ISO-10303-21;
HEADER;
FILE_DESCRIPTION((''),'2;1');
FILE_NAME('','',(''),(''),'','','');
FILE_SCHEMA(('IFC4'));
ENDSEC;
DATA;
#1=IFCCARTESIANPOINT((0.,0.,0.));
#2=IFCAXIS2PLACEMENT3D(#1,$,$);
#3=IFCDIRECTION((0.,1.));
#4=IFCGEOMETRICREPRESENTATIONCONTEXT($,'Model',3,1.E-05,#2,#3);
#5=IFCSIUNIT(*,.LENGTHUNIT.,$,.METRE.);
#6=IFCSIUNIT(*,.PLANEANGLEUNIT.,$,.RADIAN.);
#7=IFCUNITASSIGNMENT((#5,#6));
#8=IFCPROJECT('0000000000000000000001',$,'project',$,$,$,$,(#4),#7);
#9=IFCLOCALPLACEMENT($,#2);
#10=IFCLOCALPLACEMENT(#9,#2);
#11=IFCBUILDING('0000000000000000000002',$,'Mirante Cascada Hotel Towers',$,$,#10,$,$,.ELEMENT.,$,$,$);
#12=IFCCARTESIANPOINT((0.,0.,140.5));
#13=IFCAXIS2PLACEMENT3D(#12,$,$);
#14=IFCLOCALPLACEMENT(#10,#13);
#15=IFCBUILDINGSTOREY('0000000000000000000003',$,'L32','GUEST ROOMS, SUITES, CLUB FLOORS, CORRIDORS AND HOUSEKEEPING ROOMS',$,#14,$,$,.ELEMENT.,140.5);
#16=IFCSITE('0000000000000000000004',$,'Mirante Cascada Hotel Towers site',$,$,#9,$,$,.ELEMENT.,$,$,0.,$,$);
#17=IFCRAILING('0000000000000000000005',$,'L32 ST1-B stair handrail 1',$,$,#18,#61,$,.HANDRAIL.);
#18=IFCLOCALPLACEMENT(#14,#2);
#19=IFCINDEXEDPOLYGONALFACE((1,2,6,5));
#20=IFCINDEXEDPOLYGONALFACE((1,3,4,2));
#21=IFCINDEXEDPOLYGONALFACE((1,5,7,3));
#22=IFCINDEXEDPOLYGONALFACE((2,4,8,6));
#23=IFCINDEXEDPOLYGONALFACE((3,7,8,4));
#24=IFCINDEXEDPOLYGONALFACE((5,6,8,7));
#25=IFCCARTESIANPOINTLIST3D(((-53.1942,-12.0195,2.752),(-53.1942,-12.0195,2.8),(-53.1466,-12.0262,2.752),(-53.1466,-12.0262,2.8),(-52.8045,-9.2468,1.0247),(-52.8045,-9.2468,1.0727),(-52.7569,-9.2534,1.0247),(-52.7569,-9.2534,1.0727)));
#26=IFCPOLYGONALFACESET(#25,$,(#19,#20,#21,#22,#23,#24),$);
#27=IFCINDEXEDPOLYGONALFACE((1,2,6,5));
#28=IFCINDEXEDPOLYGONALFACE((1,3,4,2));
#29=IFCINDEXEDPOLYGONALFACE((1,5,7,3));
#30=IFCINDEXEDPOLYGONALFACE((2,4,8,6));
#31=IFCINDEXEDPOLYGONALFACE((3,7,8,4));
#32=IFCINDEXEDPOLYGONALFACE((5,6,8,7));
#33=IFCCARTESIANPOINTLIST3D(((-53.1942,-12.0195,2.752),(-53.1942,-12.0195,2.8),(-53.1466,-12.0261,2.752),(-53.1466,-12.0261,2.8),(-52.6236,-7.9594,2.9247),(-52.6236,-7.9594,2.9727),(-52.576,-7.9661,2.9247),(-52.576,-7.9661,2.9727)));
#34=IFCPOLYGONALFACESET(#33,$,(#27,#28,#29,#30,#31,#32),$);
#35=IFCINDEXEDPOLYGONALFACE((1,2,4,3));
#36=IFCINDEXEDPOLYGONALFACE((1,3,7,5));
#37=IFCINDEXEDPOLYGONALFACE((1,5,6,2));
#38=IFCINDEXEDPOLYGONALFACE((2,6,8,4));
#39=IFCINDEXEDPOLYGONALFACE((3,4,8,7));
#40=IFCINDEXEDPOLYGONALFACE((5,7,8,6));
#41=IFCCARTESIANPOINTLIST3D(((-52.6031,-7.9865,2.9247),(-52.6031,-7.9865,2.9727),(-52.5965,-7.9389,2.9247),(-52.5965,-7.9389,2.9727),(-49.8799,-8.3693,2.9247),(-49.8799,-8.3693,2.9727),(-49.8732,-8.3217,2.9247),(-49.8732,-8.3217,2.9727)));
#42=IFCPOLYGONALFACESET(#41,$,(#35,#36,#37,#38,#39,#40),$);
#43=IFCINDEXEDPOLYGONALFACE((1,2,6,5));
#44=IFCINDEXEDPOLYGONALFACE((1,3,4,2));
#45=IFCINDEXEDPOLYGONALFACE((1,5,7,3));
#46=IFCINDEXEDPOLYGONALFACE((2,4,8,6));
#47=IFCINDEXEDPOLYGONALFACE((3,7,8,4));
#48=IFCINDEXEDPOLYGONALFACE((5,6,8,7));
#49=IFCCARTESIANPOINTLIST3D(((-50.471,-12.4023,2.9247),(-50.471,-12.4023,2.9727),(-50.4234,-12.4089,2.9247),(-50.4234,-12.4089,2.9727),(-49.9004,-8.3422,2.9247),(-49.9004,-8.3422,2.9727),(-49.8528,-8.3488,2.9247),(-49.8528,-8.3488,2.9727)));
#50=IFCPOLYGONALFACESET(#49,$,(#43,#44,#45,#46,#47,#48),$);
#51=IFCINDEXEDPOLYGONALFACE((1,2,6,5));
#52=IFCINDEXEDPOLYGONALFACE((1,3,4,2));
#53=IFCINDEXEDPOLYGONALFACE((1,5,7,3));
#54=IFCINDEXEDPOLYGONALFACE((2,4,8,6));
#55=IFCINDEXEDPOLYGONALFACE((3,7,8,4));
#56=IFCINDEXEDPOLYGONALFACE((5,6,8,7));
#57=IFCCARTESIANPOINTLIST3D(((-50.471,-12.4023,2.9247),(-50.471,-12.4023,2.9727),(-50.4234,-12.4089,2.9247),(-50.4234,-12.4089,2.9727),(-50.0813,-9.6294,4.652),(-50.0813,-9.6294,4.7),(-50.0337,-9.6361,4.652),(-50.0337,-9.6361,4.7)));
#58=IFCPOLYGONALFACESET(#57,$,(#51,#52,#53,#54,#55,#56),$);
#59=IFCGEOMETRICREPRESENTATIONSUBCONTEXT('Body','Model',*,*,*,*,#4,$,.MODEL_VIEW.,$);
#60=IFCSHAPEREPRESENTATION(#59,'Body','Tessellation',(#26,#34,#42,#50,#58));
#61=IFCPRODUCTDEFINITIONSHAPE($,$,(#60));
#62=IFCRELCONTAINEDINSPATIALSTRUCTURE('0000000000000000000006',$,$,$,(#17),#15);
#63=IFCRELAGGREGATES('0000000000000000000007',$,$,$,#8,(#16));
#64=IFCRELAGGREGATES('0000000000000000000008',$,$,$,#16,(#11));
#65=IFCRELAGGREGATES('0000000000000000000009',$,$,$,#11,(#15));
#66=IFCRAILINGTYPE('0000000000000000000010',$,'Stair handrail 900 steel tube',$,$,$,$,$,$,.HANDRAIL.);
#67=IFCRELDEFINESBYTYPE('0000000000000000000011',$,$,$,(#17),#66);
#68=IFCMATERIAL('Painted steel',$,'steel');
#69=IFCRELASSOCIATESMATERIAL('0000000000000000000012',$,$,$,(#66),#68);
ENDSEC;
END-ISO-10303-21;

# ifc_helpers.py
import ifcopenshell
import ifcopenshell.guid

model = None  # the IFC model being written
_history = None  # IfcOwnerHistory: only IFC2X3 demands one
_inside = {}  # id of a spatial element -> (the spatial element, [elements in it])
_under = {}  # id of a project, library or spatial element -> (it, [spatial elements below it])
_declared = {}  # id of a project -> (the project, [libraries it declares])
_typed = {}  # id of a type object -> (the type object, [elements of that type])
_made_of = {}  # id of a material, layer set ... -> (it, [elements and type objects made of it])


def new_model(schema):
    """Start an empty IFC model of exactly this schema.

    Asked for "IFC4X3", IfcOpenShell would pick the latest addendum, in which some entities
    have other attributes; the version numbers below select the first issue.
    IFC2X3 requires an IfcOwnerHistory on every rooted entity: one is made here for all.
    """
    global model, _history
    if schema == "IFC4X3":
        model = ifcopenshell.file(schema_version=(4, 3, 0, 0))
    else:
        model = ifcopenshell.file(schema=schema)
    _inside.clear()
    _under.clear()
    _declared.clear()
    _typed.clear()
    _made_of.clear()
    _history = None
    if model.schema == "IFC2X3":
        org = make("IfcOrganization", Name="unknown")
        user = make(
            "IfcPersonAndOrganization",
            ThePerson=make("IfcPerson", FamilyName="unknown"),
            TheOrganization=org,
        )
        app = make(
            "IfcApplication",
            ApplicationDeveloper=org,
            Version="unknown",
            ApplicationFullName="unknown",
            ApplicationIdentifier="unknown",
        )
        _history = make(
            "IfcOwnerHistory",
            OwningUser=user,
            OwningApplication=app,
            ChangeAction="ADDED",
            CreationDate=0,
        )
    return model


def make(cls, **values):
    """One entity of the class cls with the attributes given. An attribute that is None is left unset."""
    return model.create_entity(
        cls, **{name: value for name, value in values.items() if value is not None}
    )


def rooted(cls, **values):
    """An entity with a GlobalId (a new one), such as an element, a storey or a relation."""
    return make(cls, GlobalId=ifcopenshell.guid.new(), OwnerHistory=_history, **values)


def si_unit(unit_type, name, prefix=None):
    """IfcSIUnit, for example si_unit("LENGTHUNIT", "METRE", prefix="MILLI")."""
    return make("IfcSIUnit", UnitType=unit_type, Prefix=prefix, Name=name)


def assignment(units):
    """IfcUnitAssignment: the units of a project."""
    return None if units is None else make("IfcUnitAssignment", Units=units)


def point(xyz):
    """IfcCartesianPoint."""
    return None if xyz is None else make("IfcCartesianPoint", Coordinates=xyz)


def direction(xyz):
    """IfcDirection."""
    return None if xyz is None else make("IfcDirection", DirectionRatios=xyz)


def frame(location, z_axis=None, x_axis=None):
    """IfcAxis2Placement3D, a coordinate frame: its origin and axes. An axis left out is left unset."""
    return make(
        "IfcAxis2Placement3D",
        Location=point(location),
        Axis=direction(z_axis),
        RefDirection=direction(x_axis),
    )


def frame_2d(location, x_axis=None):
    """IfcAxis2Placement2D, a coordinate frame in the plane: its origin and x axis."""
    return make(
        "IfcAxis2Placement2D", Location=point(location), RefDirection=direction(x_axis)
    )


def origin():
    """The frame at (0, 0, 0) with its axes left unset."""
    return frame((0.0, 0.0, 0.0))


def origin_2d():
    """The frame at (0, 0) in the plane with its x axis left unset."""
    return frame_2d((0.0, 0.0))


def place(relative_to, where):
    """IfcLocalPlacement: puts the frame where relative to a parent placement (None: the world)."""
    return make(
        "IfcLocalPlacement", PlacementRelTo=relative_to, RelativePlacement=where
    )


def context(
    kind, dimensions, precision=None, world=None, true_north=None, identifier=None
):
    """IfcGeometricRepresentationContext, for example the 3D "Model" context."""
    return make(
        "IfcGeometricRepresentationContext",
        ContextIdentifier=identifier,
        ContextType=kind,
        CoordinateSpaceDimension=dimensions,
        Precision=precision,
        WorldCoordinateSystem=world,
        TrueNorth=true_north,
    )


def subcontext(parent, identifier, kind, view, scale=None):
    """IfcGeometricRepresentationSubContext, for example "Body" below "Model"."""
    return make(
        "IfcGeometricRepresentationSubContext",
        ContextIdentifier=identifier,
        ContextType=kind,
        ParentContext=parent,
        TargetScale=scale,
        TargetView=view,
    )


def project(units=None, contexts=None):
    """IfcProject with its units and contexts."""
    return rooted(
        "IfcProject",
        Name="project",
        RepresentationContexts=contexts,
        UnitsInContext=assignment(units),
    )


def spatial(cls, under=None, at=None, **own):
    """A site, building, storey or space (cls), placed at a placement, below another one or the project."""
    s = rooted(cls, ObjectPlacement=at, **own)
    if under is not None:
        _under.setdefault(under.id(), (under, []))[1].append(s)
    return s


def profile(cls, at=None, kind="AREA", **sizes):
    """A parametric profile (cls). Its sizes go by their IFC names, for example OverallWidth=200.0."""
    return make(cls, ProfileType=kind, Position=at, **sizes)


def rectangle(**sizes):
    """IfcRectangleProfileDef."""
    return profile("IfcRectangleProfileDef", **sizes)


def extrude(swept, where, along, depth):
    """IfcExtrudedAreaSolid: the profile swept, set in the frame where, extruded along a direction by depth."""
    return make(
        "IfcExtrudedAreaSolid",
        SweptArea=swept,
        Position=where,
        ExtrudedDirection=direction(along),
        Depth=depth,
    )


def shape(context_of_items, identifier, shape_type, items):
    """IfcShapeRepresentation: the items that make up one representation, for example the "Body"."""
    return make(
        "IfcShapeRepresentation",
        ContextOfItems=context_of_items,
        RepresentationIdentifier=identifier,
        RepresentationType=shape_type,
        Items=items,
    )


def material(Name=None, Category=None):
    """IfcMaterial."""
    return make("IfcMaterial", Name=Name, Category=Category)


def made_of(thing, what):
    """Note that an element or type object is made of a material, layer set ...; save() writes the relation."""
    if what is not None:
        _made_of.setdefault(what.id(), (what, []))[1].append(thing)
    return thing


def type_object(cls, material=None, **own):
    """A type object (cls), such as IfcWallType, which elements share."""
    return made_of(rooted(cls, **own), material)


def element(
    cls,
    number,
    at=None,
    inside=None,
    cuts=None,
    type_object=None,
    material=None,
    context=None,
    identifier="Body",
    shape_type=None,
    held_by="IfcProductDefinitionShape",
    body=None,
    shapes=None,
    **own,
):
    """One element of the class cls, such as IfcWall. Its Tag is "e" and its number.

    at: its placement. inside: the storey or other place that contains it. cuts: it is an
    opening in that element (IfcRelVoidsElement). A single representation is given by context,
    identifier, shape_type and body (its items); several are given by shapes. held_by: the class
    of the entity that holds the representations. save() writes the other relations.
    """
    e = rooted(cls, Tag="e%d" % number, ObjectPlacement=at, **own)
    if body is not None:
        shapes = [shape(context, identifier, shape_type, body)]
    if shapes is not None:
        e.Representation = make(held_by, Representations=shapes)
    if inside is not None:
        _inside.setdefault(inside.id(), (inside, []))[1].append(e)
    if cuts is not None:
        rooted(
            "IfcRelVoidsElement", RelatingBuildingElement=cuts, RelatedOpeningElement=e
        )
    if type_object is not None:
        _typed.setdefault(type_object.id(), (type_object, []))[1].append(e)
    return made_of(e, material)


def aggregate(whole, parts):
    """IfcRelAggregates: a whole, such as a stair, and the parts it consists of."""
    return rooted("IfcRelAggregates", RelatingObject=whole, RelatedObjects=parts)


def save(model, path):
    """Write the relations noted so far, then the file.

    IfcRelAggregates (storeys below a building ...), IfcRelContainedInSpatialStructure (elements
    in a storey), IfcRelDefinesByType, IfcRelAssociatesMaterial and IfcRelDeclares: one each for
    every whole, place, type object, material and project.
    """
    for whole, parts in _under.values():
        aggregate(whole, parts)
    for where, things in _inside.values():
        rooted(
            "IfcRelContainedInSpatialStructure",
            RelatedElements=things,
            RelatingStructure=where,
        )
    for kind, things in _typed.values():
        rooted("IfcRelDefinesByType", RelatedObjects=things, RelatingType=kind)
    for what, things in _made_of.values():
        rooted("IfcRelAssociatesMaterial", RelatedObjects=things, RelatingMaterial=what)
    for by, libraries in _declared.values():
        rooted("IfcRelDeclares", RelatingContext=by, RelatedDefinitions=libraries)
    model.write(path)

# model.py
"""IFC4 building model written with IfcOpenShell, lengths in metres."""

from ifc_helpers import new_model, si_unit, direction, frame, origin, origin_2d, place, context, subcontext, project, spatial, rectangle, extrude, material, type_object, element, save


model = new_model("IFC4")

# Units and contexts
model_context = context("Model", 3, precision=1e-05, world=origin(), true_north=direction((0.0, 1.0)))
body_context = subcontext(model_context, "Body", "Model", "MODEL_VIEW")
ifc_project = project(units=[si_unit("LENGTHUNIT", "METRE"), si_unit("PLANEANGLEUNIT", "RADIAN")], contexts=[model_context])

# Site, building, storey
site_placement = place(None, origin())
site = spatial("IfcSite", under=ifc_project, at=site_placement, Name="Mirante Cascada Hotel Towers site", CompositionType="ELEMENT", RefElevation=0.0)
building_placement = place(site_placement, origin())
building = spatial("IfcBuilding", under=site, at=building_placement, Name="Mirante Cascada Hotel Towers", CompositionType="ELEMENT")
storey_placement = place(building_placement, frame((0.0, 0.0, 140.5)))
storey = spatial("IfcBuildingStorey", under=building, at=storey_placement, Name="L32", Description="GUEST ROOMS, SUITES, CLUB FLOORS, CORRIDORS AND HOUSEKEEPING ROOMS", CompositionType="ELEMENT", Elevation=140.5)

# Railing
ifc_material_1 = material(Name="Painted steel", Category="steel")
railing_type_1 = type_object("IfcRailingType", Name="Stair handrail 900 steel tube", PredefinedType="HANDRAIL", material=ifc_material_1)
railing_1_placement = place(storey_placement, frame((-52.7807, -9.2501, 0.1727)))
element("IfcRailing", 1, at=railing_1_placement, inside=storey, type_object=railing_type_1, Name="L32 ST1-B stair handrail 1", PredefinedType="HANDRAIL", context=body_context, shape_type="SweptSolid", body=[
    extrude(rectangle(XDim=0.048, YDim=0.048, at=origin_2d()), frame((0.0, 0.0, 0.876), z_axis=(-0.139181, -0.990267, 0.0), x_axis=(0.990267, -0.139181, 0.0)), (0.0, 0.525035, 0.851081), 3.2899),
    extrude(rectangle(XDim=0.048, YDim=0.048, at=origin_2d()), frame((-0.3897, -2.7727, 2.6033), z_axis=(0.139171, 0.990268, 0.0), x_axis=(-0.990268, 0.139171, 0.0)), (0.0, 0.042085, 0.999114), 4.1036),
    extrude(rectangle(XDim=0.048, YDim=0.048, at=origin_2d()), frame((0.1809, 1.2874, 2.776), z_axis=(0.990264, -0.139201, 0.0), x_axis=(0.139201, 0.990264, 0.0)), (0.0, 0.0, 1.0), 2.75),
    extrude(rectangle(XDim=0.048, YDim=0.048, at=origin_2d()), frame((2.9041, 0.9046, 2.776), z_axis=(-0.139171, -0.990268, 0.0), x_axis=(0.990268, -0.139171, 0.0)), (0.0, 0.0, 1.0), 4.1),
    extrude(rectangle(XDim=0.048, YDim=0.048, at=origin_2d()), frame((2.3335, -3.1555, 2.776), z_axis=(0.139176, 0.990268, 0.0), x_axis=(-0.990268, 0.139176, 0.0)), (0.0, 0.525021, 0.851089), 3.29),
])

save(model, "model.ifc")
